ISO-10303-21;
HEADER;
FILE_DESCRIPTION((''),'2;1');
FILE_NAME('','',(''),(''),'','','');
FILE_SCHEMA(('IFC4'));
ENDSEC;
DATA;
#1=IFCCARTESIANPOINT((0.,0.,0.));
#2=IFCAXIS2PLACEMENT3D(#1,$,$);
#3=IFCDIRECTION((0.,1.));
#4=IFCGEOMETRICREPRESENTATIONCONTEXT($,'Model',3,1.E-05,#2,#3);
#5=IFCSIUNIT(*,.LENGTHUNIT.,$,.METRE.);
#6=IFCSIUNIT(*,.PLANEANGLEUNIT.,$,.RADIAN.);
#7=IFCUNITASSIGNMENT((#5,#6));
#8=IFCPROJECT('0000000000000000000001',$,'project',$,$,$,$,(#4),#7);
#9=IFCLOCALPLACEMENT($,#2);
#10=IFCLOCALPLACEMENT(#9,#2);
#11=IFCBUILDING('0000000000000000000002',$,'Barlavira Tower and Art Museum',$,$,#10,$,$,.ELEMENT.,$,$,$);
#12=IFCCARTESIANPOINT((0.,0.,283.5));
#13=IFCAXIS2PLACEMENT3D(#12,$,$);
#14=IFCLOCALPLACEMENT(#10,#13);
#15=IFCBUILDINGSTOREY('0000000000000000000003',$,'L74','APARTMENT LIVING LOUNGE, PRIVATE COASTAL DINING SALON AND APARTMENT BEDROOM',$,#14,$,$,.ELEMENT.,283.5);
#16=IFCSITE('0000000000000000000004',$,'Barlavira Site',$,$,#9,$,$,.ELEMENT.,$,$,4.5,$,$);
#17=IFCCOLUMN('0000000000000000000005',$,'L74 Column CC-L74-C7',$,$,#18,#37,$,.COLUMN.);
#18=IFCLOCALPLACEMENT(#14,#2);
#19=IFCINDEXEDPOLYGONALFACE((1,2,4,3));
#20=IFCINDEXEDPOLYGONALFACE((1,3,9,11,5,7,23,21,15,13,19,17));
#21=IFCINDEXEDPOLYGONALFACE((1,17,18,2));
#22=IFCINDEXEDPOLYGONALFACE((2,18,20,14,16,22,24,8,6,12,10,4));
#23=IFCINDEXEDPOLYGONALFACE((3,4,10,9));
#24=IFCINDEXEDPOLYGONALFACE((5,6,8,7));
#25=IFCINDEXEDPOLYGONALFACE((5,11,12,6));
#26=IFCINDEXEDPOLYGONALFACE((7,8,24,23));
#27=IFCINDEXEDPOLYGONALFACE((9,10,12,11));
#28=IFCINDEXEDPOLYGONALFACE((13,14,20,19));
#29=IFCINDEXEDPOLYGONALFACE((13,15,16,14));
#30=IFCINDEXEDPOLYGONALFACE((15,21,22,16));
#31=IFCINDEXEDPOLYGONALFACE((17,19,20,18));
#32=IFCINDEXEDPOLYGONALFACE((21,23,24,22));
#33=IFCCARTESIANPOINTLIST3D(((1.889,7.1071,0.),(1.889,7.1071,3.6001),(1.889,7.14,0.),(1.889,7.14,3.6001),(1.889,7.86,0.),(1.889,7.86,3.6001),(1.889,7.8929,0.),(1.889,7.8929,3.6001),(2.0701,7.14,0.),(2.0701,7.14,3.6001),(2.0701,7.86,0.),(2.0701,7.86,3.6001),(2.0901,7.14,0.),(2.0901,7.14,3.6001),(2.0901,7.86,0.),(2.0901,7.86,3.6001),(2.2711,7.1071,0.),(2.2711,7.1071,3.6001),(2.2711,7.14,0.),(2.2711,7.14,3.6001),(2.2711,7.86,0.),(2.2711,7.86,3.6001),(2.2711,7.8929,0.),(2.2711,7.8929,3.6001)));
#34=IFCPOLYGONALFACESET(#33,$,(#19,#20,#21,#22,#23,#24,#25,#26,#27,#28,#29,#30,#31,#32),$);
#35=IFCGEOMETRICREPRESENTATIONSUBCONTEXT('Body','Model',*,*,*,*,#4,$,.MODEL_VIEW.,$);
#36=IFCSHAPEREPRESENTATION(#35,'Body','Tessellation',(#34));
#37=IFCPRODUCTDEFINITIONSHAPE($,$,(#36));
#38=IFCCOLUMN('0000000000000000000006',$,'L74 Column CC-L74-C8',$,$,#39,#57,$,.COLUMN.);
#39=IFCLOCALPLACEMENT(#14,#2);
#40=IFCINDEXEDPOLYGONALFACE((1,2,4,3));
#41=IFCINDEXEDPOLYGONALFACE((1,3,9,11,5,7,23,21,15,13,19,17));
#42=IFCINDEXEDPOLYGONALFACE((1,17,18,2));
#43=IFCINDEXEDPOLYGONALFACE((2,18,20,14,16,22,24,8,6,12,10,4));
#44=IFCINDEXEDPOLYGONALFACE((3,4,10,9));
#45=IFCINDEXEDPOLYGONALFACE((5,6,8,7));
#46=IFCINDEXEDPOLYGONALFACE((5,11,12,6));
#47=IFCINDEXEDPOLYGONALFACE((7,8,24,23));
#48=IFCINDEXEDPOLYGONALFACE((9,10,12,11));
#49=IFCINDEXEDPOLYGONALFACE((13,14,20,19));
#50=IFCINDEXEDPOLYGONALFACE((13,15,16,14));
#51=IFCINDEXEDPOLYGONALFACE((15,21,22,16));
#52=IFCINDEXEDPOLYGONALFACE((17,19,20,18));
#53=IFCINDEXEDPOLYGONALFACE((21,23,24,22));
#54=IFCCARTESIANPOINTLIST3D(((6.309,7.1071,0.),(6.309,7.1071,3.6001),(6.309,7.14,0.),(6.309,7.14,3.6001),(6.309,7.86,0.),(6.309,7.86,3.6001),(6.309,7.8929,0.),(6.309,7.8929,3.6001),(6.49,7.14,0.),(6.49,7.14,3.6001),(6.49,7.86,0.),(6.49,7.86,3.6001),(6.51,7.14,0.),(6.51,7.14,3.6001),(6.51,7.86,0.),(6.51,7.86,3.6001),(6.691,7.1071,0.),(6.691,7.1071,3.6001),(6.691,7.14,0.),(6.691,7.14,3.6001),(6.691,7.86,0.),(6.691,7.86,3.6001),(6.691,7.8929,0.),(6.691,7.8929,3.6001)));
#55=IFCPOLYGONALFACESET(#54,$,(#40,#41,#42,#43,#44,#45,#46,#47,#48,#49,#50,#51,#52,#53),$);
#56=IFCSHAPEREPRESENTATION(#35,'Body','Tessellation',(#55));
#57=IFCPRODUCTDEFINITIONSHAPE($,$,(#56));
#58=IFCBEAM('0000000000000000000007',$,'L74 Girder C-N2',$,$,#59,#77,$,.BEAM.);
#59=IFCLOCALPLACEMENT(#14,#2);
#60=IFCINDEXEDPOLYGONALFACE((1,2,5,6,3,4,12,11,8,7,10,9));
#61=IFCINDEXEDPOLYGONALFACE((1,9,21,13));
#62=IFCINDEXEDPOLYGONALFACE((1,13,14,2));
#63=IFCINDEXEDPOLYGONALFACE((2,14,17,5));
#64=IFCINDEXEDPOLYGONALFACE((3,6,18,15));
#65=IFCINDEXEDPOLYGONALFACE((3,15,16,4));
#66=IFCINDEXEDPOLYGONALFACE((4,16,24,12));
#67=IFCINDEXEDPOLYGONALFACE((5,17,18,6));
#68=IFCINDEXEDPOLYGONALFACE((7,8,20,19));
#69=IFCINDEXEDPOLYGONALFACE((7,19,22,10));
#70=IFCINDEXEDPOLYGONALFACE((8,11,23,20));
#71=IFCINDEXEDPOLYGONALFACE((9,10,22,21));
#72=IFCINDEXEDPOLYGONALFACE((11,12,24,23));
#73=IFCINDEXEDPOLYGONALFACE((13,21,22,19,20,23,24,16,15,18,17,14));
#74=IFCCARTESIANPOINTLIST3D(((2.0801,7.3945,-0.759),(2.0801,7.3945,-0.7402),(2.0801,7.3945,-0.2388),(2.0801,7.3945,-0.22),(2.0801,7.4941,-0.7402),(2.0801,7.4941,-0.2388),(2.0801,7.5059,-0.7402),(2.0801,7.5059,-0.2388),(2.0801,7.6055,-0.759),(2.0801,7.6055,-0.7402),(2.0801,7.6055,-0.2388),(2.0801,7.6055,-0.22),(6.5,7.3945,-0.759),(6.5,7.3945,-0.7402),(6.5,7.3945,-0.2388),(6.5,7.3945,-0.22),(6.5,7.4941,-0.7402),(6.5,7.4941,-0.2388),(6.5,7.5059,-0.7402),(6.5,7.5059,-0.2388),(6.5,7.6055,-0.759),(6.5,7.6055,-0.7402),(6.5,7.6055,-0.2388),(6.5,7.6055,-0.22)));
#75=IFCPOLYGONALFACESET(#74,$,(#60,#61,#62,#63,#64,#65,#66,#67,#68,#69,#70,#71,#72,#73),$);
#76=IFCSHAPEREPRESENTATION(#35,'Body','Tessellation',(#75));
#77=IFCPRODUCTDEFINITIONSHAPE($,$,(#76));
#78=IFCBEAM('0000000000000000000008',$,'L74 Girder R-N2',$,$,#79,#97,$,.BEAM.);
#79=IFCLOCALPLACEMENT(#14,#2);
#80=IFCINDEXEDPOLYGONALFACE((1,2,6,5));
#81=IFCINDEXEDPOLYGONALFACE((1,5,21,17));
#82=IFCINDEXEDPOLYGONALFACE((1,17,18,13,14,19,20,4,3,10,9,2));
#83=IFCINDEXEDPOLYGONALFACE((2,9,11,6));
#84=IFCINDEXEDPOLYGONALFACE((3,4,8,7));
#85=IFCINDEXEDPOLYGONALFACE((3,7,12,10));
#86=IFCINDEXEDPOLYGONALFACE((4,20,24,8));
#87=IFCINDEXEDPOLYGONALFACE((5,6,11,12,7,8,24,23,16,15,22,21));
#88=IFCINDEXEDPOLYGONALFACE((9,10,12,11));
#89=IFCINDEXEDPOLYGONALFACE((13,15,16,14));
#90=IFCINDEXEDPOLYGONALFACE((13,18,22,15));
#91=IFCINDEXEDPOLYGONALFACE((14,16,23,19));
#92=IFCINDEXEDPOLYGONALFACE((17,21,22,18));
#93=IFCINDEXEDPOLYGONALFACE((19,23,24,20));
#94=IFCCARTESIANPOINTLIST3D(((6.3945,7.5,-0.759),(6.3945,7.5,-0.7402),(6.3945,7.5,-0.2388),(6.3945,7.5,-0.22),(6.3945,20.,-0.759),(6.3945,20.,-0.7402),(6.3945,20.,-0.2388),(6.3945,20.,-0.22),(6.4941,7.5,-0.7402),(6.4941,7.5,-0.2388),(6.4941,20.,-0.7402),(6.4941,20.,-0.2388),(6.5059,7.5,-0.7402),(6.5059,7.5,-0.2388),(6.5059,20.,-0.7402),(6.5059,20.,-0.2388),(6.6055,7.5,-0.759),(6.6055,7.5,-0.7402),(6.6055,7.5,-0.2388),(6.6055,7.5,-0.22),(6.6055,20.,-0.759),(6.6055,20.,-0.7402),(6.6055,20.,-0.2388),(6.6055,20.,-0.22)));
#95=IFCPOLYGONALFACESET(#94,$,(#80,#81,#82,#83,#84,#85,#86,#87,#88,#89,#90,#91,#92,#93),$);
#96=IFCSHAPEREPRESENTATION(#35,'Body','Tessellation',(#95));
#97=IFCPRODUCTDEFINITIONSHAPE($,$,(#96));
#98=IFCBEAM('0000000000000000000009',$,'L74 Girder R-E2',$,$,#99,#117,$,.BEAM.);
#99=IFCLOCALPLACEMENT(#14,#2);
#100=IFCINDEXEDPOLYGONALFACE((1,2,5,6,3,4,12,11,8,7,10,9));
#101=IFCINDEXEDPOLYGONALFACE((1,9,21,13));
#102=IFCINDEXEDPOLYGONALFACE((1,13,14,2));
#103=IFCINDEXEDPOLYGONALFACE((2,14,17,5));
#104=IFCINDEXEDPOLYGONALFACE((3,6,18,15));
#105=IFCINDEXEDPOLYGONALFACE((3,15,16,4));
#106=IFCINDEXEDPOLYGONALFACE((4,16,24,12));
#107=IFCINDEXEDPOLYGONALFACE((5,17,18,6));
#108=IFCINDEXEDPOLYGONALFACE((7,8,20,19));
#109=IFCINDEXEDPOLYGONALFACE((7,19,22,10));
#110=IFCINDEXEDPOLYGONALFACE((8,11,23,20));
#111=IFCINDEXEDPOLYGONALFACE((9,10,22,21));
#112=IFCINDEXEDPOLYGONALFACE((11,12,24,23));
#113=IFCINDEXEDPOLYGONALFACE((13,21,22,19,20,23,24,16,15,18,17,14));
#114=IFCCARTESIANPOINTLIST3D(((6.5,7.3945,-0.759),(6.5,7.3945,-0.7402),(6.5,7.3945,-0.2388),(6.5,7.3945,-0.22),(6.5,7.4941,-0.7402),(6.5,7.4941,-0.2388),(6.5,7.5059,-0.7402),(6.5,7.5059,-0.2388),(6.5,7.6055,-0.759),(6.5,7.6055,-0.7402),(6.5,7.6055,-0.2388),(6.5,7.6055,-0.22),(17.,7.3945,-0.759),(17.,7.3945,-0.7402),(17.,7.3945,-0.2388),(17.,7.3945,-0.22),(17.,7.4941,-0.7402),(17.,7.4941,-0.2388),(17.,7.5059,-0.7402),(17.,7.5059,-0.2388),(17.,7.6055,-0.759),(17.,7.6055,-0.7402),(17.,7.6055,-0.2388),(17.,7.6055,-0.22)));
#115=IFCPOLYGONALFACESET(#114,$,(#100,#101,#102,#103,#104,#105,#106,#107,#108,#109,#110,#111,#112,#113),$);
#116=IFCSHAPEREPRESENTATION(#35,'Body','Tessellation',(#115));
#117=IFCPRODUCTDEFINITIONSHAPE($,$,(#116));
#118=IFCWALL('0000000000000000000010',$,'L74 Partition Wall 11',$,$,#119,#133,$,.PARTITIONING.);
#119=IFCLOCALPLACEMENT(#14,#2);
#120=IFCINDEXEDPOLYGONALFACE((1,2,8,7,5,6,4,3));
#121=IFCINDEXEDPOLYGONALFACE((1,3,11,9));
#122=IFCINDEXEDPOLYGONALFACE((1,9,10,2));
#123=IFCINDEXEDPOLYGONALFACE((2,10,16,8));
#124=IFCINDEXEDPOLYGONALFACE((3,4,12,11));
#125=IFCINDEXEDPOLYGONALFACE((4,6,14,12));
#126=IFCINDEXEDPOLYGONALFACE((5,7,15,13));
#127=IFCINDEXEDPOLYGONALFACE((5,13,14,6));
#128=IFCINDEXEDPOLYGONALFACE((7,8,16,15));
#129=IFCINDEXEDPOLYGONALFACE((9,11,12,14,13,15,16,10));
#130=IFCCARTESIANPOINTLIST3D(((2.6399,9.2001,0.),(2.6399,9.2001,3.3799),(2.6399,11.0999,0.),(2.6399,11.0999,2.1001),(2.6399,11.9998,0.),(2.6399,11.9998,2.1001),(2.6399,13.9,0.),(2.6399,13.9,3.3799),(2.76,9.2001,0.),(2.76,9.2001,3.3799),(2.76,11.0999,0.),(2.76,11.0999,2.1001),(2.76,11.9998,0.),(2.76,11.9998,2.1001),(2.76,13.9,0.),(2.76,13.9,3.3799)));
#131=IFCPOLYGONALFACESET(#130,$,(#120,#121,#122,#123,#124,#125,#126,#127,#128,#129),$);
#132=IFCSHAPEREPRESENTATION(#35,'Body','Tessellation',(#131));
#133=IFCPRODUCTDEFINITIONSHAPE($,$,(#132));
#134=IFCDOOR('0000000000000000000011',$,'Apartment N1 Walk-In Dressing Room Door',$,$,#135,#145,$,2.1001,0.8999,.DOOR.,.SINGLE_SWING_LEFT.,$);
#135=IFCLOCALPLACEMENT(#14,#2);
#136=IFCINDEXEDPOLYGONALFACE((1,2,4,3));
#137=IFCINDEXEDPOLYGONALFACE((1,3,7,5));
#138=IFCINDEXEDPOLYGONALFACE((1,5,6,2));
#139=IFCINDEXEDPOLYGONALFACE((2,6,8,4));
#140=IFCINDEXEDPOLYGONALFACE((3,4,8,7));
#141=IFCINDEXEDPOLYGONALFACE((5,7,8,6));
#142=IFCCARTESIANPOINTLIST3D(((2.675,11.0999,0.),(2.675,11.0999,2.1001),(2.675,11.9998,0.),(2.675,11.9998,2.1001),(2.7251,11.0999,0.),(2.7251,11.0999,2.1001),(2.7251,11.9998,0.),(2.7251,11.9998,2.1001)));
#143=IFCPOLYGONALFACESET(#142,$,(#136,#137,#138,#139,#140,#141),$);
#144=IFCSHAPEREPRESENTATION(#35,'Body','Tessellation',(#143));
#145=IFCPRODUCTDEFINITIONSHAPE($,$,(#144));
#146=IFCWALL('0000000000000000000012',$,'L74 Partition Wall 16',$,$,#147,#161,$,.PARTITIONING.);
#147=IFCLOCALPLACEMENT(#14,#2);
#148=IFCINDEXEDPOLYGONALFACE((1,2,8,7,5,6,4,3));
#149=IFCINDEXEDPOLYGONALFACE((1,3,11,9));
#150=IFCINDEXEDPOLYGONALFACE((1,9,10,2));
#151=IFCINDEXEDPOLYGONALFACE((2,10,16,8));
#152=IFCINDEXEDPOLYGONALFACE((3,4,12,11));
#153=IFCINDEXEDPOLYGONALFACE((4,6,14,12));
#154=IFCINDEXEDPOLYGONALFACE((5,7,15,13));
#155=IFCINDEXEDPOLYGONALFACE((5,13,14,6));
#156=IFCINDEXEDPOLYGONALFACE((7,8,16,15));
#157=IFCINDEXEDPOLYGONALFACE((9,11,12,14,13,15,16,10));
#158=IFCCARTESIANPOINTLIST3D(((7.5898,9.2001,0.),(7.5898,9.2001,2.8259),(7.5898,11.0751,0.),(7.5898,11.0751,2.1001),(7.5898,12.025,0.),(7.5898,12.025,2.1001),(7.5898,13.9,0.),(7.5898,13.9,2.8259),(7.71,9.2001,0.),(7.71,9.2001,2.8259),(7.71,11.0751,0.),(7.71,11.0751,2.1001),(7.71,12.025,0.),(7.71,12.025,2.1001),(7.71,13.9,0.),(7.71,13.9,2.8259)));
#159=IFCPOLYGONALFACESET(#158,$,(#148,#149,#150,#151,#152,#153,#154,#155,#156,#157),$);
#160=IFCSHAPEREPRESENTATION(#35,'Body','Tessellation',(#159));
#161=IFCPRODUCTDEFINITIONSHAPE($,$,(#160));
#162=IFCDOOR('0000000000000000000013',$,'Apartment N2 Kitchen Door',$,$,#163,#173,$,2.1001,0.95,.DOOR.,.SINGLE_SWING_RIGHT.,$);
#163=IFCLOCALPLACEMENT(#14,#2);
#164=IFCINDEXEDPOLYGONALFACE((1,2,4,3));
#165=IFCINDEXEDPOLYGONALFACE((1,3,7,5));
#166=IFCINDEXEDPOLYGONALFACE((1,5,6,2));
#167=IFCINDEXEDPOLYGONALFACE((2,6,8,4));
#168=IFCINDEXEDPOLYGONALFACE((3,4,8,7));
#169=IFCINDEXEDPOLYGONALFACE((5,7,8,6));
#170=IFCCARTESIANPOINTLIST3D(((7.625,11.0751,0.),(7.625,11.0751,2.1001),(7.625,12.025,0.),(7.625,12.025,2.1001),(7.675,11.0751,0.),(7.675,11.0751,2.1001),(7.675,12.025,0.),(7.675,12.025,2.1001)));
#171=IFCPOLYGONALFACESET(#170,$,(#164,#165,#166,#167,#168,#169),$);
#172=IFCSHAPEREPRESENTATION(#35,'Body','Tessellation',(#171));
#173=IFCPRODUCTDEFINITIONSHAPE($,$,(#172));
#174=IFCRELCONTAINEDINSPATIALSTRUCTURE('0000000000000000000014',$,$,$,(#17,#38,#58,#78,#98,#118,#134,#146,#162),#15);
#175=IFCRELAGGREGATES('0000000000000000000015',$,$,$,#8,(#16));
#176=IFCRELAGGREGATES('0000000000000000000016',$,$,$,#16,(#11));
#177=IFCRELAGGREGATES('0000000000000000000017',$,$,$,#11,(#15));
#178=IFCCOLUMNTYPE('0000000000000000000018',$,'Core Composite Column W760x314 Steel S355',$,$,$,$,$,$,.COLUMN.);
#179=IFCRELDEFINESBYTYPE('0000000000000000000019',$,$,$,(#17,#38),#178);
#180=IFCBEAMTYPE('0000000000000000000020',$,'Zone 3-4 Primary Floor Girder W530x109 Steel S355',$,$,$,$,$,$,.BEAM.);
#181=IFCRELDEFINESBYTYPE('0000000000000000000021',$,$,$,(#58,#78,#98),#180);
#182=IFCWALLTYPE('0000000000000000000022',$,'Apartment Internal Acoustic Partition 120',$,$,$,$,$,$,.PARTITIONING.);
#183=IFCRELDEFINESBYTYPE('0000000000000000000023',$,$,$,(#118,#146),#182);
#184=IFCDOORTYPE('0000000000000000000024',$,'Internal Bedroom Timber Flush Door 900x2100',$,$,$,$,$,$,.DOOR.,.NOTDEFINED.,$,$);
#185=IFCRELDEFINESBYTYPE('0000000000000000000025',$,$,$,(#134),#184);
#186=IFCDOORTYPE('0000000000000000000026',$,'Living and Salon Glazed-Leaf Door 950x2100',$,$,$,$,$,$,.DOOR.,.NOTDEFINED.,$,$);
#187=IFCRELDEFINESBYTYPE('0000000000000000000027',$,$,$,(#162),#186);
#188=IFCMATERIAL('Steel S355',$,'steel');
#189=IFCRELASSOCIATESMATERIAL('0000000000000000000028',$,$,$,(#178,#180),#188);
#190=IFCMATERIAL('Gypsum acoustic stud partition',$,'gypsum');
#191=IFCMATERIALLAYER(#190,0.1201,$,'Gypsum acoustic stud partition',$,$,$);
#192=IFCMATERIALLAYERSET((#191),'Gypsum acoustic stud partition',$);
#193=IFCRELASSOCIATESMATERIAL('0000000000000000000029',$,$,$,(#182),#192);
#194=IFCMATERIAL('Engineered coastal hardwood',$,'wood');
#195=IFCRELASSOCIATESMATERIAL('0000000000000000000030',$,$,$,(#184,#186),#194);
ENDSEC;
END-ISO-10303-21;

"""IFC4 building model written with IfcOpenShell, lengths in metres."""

from ifc_helpers import new_model, si_unit, direction, frame, frame_2d, origin, origin_2d, place, context, subcontext, project, spatial, rectangle, i_section, extrude, material, layer, layer_set, material_profile, profile_set, type_object, element, fill, save


model = new_model("IFC4")

# Units and contexts
model_context = context("Model", 3, precision=1e-05, world=origin(), true_north=direction((0.0, 1.0)))
body_context = subcontext(model_context, "Body", "Model", "MODEL_VIEW")
ifc_project = project(units=[si_unit("LENGTHUNIT", "METRE"), si_unit("PLANEANGLEUNIT", "RADIAN")], contexts=[model_context])

# Site, building, storey
site_placement = place(None, origin())
site = spatial("IfcSite", under=ifc_project, at=site_placement, Name="Barlavira Site", CompositionType="ELEMENT", RefElevation=4.5)
building_placement = place(site_placement, origin())
building = spatial("IfcBuilding", under=site, at=building_placement, Name="Barlavira Tower and Art Museum", CompositionType="ELEMENT")
storey_placement = place(building_placement, frame((0.0, 0.0, 283.5)))
storey = spatial("IfcBuildingStorey", under=building, at=storey_placement, Name="L74", Description="APARTMENT LIVING LOUNGE, PRIVATE COASTAL DINING SALON AND APARTMENT BEDROOM", CompositionType="ELEMENT", Elevation=283.5)

# Columns
ifc_material_1 = material(Name="Steel S355", Category="steel")
ifc_material_profile_1 = material_profile(ifc_material_1, i_section(OverallWidth=0.3821, OverallDepth=0.7859, WebThickness=0.02, FlangeThickness=0.033, at=origin_2d()), Name="W760x314.0")
ifc_profile_set_1 = profile_set([ifc_material_profile_1], Name="Steel S355")
column_type = type_object("IfcColumnType", Name="Core Composite Column W760x314 Steel S355", PredefinedType="COLUMN", material=ifc_profile_set_1)
for number, where, z_axis, x_axis, name in (
    (1, (2.0801, 7.5, 0.0), (0.0, 0.0, 1.0), (1.0, 0.0, 0.0), "L74 Column CC-L74-C7"),
    (2, (6.5, 7.5, 0.0), (0.0, 0.0, 1.0), (1.0, 0.0, 0.0), "L74 Column CC-L74-C8"),
):
    element("IfcColumn", number, at=place(storey_placement, frame(where, z_axis=z_axis, x_axis=x_axis)), inside=storey, type_object=column_type, Name=name, PredefinedType="COLUMN", context=body_context, shape_type="SweptSolid", body=[
        extrude(i_section(OverallWidth=0.3821, OverallDepth=0.7859, WebThickness=0.02, FlangeThickness=0.033, at=origin_2d()), origin(), (0.0, 0.0, 1.0), 3.6001),
    ])

# Beams
ifc_material_profile_2 = material_profile(ifc_material_1, i_section(OverallWidth=0.2109, OverallDepth=0.5391, WebThickness=0.0117, FlangeThickness=0.0188, at=origin_2d()), Name="W530x109.0")
ifc_profile_set_2 = profile_set([ifc_material_profile_2], Name="Steel S355")
beam_type = type_object("IfcBeamType", Name="Zone 3-4 Primary Floor Girder W530x109 Steel S355", PredefinedType="BEAM", material=ifc_profile_set_2)
beam_1_placement = place(storey_placement, frame((2.0801, 7.5, -0.4895), z_axis=(1.0, 0.0, 0.0), x_axis=(0.0, 1.0, 0.0)))
element("IfcBeam", 3, at=beam_1_placement, inside=storey, type_object=beam_type, Name="L74 Girder C-N2", PredefinedType="BEAM", context=body_context, shape_type="SweptSolid", body=[
    extrude(i_section(OverallWidth=0.2109, OverallDepth=0.5391, WebThickness=0.0117, FlangeThickness=0.0188, at=origin_2d()), origin(), (0.0, 0.0, 1.0), 4.4199),
])
beam_2_placement = place(storey_placement, frame((6.5, 7.5, -0.4895), z_axis=(0.0, 1.0, 0.0), x_axis=(-1.0, 0.0, 0.0)))
element("IfcBeam", 4, at=beam_2_placement, inside=storey, type_object=beam_type, Name="L74 Girder R-N2", PredefinedType="BEAM", context=body_context, shape_type="SweptSolid", body=[
    extrude(i_section(OverallWidth=0.2109, OverallDepth=0.5391, WebThickness=0.0117, FlangeThickness=0.0188, at=origin_2d()), origin(), (0.0, 0.0, 1.0), 12.5),
])
beam_3_placement = place(storey_placement, frame((6.5, 7.5, -0.4895), z_axis=(1.0, 0.0, 0.0), x_axis=(0.0, 1.0, 0.0)))
element("IfcBeam", 5, at=beam_3_placement, inside=storey, type_object=beam_type, Name="L74 Girder R-E2", PredefinedType="BEAM", context=body_context, shape_type="SweptSolid", body=[
    extrude(i_section(OverallWidth=0.2109, OverallDepth=0.5391, WebThickness=0.0117, FlangeThickness=0.0188, at=origin_2d()), origin(), (0.0, 0.0, 1.0), 10.5),
])

# Walls, openings, doors
ifc_material_2 = material(Name="Gypsum acoustic stud partition", Category="gypsum")
ifc_layer_1 = layer(ifc_material_2, 0.1201, Name="Gypsum acoustic stud partition")
ifc_layer_set_1 = layer_set([ifc_layer_1], Name="Gypsum acoustic stud partition")
wall_type_1 = type_object("IfcWallType", Name="Apartment Internal Acoustic Partition 120", PredefinedType="PARTITIONING", material=ifc_layer_set_1)
wall_1_placement = place(storey_placement, frame((2.7, 9.2, 0.0), z_axis=(0.0, 0.0, 1.0), x_axis=(0.0, 1.0, 0.0)))
wall_1 = element("IfcWall", 6, at=wall_1_placement, inside=storey, type_object=wall_type_1, Name="L74 Partition Wall 11", PredefinedType="PARTITIONING", context=body_context, shape_type="SweptSolid", body=[
    extrude(rectangle(XDim=4.7, YDim=0.1201, at=frame_2d((2.3501, 0.0))), origin(), (0.0, 0.0, 1.0), 3.3799),
])
opening_1_placement = place(wall_1_placement, frame((1.8999, 0.0, 0.0)))
opening_1 = element("IfcOpeningElement", 7, at=opening_1_placement, cuts=wall_1, PredefinedType="OPENING", context=body_context, shape_type="SweptSolid", body=[
    extrude(rectangle(XDim=0.8999, YDim=2.1001, at=frame_2d((0.45, 1.05))), frame((0.0, 0.0701, 0.0), z_axis=(0.0, -1.0, 0.0), x_axis=(1.0, 0.0, 0.0)), (0.0, 0.0, 1.0), 0.1401),
])
ifc_material_3 = material(Name="Engineered coastal hardwood", Category="wood")
door_type_1 = type_object("IfcDoorType", Name="Internal Bedroom Timber Flush Door 900x2100", OperationType="NOTDEFINED", PredefinedType="DOOR", material=ifc_material_3)
door_1_placement = place(opening_1_placement, origin())
door_1 = element("IfcDoor", 8, at=door_1_placement, inside=storey, type_object=door_type_1, Name="Apartment N1 Walk-In Dressing Room Door", OperationType="SINGLE_SWING_LEFT", OverallHeight=2.1001, OverallWidth=0.8999, PredefinedType="DOOR", context=body_context, shape_type="SweptSolid", body=[
    extrude(rectangle(XDim=0.8999, YDim=2.1001, at=frame_2d((0.45, 1.05))), frame((0.0, 0.0249, 0.0), z_axis=(0.0, -1.0, 0.0), x_axis=(1.0, 0.0, 0.0)), (0.0, 0.0, 1.0), 0.05),
])
fill(opening_1, door_1)
wall_2_placement = place(storey_placement, frame((7.6499, 9.2, 0.0), z_axis=(0.0, 0.0, 1.0), x_axis=(0.0, 1.0, 0.0)))
wall_2 = element("IfcWall", 9, at=wall_2_placement, inside=storey, type_object=wall_type_1, Name="L74 Partition Wall 16", PredefinedType="PARTITIONING", context=body_context, shape_type="SweptSolid", body=[
    extrude(rectangle(XDim=4.7, YDim=0.1201, at=frame_2d((2.3501, 0.0))), origin(), (0.0, 0.0, 1.0), 2.8259),
])
opening_2_placement = place(wall_2_placement, frame((1.875, 0.0, 0.0)))
opening_2 = element("IfcOpeningElement", 10, at=opening_2_placement, cuts=wall_2, PredefinedType="OPENING", context=body_context, shape_type="SweptSolid", body=[
    extrude(rectangle(XDim=0.95, YDim=2.1001, at=frame_2d((0.4751, 1.05))), frame((0.0, 0.0701, 0.0), z_axis=(0.0, -1.0, 0.0), x_axis=(1.0, 0.0, 0.0)), (0.0, 0.0, 1.0), 0.1401),
])
door_type_2 = type_object("IfcDoorType", Name="Living and Salon Glazed-Leaf Door 950x2100", OperationType="NOTDEFINED", PredefinedType="DOOR", material=ifc_material_3)
door_2_placement = place(opening_2_placement, origin())
door_2 = element("IfcDoor", 11, at=door_2_placement, inside=storey, type_object=door_type_2, Name="Apartment N2 Kitchen Door", OperationType="SINGLE_SWING_RIGHT", OverallHeight=2.1001, OverallWidth=0.95, PredefinedType="DOOR", context=body_context, shape_type="SweptSolid", body=[
    extrude(rectangle(XDim=0.95, YDim=2.1001, at=frame_2d((0.4751, 1.05))), frame((0.0, 0.0249, 0.0), z_axis=(0.0, -1.0, 0.0), x_axis=(1.0, 0.0, 0.0)), (0.0, 0.0, 1.0), 0.05),
])
fill(opening_2, door_2)

save(model, "model.ifc")
